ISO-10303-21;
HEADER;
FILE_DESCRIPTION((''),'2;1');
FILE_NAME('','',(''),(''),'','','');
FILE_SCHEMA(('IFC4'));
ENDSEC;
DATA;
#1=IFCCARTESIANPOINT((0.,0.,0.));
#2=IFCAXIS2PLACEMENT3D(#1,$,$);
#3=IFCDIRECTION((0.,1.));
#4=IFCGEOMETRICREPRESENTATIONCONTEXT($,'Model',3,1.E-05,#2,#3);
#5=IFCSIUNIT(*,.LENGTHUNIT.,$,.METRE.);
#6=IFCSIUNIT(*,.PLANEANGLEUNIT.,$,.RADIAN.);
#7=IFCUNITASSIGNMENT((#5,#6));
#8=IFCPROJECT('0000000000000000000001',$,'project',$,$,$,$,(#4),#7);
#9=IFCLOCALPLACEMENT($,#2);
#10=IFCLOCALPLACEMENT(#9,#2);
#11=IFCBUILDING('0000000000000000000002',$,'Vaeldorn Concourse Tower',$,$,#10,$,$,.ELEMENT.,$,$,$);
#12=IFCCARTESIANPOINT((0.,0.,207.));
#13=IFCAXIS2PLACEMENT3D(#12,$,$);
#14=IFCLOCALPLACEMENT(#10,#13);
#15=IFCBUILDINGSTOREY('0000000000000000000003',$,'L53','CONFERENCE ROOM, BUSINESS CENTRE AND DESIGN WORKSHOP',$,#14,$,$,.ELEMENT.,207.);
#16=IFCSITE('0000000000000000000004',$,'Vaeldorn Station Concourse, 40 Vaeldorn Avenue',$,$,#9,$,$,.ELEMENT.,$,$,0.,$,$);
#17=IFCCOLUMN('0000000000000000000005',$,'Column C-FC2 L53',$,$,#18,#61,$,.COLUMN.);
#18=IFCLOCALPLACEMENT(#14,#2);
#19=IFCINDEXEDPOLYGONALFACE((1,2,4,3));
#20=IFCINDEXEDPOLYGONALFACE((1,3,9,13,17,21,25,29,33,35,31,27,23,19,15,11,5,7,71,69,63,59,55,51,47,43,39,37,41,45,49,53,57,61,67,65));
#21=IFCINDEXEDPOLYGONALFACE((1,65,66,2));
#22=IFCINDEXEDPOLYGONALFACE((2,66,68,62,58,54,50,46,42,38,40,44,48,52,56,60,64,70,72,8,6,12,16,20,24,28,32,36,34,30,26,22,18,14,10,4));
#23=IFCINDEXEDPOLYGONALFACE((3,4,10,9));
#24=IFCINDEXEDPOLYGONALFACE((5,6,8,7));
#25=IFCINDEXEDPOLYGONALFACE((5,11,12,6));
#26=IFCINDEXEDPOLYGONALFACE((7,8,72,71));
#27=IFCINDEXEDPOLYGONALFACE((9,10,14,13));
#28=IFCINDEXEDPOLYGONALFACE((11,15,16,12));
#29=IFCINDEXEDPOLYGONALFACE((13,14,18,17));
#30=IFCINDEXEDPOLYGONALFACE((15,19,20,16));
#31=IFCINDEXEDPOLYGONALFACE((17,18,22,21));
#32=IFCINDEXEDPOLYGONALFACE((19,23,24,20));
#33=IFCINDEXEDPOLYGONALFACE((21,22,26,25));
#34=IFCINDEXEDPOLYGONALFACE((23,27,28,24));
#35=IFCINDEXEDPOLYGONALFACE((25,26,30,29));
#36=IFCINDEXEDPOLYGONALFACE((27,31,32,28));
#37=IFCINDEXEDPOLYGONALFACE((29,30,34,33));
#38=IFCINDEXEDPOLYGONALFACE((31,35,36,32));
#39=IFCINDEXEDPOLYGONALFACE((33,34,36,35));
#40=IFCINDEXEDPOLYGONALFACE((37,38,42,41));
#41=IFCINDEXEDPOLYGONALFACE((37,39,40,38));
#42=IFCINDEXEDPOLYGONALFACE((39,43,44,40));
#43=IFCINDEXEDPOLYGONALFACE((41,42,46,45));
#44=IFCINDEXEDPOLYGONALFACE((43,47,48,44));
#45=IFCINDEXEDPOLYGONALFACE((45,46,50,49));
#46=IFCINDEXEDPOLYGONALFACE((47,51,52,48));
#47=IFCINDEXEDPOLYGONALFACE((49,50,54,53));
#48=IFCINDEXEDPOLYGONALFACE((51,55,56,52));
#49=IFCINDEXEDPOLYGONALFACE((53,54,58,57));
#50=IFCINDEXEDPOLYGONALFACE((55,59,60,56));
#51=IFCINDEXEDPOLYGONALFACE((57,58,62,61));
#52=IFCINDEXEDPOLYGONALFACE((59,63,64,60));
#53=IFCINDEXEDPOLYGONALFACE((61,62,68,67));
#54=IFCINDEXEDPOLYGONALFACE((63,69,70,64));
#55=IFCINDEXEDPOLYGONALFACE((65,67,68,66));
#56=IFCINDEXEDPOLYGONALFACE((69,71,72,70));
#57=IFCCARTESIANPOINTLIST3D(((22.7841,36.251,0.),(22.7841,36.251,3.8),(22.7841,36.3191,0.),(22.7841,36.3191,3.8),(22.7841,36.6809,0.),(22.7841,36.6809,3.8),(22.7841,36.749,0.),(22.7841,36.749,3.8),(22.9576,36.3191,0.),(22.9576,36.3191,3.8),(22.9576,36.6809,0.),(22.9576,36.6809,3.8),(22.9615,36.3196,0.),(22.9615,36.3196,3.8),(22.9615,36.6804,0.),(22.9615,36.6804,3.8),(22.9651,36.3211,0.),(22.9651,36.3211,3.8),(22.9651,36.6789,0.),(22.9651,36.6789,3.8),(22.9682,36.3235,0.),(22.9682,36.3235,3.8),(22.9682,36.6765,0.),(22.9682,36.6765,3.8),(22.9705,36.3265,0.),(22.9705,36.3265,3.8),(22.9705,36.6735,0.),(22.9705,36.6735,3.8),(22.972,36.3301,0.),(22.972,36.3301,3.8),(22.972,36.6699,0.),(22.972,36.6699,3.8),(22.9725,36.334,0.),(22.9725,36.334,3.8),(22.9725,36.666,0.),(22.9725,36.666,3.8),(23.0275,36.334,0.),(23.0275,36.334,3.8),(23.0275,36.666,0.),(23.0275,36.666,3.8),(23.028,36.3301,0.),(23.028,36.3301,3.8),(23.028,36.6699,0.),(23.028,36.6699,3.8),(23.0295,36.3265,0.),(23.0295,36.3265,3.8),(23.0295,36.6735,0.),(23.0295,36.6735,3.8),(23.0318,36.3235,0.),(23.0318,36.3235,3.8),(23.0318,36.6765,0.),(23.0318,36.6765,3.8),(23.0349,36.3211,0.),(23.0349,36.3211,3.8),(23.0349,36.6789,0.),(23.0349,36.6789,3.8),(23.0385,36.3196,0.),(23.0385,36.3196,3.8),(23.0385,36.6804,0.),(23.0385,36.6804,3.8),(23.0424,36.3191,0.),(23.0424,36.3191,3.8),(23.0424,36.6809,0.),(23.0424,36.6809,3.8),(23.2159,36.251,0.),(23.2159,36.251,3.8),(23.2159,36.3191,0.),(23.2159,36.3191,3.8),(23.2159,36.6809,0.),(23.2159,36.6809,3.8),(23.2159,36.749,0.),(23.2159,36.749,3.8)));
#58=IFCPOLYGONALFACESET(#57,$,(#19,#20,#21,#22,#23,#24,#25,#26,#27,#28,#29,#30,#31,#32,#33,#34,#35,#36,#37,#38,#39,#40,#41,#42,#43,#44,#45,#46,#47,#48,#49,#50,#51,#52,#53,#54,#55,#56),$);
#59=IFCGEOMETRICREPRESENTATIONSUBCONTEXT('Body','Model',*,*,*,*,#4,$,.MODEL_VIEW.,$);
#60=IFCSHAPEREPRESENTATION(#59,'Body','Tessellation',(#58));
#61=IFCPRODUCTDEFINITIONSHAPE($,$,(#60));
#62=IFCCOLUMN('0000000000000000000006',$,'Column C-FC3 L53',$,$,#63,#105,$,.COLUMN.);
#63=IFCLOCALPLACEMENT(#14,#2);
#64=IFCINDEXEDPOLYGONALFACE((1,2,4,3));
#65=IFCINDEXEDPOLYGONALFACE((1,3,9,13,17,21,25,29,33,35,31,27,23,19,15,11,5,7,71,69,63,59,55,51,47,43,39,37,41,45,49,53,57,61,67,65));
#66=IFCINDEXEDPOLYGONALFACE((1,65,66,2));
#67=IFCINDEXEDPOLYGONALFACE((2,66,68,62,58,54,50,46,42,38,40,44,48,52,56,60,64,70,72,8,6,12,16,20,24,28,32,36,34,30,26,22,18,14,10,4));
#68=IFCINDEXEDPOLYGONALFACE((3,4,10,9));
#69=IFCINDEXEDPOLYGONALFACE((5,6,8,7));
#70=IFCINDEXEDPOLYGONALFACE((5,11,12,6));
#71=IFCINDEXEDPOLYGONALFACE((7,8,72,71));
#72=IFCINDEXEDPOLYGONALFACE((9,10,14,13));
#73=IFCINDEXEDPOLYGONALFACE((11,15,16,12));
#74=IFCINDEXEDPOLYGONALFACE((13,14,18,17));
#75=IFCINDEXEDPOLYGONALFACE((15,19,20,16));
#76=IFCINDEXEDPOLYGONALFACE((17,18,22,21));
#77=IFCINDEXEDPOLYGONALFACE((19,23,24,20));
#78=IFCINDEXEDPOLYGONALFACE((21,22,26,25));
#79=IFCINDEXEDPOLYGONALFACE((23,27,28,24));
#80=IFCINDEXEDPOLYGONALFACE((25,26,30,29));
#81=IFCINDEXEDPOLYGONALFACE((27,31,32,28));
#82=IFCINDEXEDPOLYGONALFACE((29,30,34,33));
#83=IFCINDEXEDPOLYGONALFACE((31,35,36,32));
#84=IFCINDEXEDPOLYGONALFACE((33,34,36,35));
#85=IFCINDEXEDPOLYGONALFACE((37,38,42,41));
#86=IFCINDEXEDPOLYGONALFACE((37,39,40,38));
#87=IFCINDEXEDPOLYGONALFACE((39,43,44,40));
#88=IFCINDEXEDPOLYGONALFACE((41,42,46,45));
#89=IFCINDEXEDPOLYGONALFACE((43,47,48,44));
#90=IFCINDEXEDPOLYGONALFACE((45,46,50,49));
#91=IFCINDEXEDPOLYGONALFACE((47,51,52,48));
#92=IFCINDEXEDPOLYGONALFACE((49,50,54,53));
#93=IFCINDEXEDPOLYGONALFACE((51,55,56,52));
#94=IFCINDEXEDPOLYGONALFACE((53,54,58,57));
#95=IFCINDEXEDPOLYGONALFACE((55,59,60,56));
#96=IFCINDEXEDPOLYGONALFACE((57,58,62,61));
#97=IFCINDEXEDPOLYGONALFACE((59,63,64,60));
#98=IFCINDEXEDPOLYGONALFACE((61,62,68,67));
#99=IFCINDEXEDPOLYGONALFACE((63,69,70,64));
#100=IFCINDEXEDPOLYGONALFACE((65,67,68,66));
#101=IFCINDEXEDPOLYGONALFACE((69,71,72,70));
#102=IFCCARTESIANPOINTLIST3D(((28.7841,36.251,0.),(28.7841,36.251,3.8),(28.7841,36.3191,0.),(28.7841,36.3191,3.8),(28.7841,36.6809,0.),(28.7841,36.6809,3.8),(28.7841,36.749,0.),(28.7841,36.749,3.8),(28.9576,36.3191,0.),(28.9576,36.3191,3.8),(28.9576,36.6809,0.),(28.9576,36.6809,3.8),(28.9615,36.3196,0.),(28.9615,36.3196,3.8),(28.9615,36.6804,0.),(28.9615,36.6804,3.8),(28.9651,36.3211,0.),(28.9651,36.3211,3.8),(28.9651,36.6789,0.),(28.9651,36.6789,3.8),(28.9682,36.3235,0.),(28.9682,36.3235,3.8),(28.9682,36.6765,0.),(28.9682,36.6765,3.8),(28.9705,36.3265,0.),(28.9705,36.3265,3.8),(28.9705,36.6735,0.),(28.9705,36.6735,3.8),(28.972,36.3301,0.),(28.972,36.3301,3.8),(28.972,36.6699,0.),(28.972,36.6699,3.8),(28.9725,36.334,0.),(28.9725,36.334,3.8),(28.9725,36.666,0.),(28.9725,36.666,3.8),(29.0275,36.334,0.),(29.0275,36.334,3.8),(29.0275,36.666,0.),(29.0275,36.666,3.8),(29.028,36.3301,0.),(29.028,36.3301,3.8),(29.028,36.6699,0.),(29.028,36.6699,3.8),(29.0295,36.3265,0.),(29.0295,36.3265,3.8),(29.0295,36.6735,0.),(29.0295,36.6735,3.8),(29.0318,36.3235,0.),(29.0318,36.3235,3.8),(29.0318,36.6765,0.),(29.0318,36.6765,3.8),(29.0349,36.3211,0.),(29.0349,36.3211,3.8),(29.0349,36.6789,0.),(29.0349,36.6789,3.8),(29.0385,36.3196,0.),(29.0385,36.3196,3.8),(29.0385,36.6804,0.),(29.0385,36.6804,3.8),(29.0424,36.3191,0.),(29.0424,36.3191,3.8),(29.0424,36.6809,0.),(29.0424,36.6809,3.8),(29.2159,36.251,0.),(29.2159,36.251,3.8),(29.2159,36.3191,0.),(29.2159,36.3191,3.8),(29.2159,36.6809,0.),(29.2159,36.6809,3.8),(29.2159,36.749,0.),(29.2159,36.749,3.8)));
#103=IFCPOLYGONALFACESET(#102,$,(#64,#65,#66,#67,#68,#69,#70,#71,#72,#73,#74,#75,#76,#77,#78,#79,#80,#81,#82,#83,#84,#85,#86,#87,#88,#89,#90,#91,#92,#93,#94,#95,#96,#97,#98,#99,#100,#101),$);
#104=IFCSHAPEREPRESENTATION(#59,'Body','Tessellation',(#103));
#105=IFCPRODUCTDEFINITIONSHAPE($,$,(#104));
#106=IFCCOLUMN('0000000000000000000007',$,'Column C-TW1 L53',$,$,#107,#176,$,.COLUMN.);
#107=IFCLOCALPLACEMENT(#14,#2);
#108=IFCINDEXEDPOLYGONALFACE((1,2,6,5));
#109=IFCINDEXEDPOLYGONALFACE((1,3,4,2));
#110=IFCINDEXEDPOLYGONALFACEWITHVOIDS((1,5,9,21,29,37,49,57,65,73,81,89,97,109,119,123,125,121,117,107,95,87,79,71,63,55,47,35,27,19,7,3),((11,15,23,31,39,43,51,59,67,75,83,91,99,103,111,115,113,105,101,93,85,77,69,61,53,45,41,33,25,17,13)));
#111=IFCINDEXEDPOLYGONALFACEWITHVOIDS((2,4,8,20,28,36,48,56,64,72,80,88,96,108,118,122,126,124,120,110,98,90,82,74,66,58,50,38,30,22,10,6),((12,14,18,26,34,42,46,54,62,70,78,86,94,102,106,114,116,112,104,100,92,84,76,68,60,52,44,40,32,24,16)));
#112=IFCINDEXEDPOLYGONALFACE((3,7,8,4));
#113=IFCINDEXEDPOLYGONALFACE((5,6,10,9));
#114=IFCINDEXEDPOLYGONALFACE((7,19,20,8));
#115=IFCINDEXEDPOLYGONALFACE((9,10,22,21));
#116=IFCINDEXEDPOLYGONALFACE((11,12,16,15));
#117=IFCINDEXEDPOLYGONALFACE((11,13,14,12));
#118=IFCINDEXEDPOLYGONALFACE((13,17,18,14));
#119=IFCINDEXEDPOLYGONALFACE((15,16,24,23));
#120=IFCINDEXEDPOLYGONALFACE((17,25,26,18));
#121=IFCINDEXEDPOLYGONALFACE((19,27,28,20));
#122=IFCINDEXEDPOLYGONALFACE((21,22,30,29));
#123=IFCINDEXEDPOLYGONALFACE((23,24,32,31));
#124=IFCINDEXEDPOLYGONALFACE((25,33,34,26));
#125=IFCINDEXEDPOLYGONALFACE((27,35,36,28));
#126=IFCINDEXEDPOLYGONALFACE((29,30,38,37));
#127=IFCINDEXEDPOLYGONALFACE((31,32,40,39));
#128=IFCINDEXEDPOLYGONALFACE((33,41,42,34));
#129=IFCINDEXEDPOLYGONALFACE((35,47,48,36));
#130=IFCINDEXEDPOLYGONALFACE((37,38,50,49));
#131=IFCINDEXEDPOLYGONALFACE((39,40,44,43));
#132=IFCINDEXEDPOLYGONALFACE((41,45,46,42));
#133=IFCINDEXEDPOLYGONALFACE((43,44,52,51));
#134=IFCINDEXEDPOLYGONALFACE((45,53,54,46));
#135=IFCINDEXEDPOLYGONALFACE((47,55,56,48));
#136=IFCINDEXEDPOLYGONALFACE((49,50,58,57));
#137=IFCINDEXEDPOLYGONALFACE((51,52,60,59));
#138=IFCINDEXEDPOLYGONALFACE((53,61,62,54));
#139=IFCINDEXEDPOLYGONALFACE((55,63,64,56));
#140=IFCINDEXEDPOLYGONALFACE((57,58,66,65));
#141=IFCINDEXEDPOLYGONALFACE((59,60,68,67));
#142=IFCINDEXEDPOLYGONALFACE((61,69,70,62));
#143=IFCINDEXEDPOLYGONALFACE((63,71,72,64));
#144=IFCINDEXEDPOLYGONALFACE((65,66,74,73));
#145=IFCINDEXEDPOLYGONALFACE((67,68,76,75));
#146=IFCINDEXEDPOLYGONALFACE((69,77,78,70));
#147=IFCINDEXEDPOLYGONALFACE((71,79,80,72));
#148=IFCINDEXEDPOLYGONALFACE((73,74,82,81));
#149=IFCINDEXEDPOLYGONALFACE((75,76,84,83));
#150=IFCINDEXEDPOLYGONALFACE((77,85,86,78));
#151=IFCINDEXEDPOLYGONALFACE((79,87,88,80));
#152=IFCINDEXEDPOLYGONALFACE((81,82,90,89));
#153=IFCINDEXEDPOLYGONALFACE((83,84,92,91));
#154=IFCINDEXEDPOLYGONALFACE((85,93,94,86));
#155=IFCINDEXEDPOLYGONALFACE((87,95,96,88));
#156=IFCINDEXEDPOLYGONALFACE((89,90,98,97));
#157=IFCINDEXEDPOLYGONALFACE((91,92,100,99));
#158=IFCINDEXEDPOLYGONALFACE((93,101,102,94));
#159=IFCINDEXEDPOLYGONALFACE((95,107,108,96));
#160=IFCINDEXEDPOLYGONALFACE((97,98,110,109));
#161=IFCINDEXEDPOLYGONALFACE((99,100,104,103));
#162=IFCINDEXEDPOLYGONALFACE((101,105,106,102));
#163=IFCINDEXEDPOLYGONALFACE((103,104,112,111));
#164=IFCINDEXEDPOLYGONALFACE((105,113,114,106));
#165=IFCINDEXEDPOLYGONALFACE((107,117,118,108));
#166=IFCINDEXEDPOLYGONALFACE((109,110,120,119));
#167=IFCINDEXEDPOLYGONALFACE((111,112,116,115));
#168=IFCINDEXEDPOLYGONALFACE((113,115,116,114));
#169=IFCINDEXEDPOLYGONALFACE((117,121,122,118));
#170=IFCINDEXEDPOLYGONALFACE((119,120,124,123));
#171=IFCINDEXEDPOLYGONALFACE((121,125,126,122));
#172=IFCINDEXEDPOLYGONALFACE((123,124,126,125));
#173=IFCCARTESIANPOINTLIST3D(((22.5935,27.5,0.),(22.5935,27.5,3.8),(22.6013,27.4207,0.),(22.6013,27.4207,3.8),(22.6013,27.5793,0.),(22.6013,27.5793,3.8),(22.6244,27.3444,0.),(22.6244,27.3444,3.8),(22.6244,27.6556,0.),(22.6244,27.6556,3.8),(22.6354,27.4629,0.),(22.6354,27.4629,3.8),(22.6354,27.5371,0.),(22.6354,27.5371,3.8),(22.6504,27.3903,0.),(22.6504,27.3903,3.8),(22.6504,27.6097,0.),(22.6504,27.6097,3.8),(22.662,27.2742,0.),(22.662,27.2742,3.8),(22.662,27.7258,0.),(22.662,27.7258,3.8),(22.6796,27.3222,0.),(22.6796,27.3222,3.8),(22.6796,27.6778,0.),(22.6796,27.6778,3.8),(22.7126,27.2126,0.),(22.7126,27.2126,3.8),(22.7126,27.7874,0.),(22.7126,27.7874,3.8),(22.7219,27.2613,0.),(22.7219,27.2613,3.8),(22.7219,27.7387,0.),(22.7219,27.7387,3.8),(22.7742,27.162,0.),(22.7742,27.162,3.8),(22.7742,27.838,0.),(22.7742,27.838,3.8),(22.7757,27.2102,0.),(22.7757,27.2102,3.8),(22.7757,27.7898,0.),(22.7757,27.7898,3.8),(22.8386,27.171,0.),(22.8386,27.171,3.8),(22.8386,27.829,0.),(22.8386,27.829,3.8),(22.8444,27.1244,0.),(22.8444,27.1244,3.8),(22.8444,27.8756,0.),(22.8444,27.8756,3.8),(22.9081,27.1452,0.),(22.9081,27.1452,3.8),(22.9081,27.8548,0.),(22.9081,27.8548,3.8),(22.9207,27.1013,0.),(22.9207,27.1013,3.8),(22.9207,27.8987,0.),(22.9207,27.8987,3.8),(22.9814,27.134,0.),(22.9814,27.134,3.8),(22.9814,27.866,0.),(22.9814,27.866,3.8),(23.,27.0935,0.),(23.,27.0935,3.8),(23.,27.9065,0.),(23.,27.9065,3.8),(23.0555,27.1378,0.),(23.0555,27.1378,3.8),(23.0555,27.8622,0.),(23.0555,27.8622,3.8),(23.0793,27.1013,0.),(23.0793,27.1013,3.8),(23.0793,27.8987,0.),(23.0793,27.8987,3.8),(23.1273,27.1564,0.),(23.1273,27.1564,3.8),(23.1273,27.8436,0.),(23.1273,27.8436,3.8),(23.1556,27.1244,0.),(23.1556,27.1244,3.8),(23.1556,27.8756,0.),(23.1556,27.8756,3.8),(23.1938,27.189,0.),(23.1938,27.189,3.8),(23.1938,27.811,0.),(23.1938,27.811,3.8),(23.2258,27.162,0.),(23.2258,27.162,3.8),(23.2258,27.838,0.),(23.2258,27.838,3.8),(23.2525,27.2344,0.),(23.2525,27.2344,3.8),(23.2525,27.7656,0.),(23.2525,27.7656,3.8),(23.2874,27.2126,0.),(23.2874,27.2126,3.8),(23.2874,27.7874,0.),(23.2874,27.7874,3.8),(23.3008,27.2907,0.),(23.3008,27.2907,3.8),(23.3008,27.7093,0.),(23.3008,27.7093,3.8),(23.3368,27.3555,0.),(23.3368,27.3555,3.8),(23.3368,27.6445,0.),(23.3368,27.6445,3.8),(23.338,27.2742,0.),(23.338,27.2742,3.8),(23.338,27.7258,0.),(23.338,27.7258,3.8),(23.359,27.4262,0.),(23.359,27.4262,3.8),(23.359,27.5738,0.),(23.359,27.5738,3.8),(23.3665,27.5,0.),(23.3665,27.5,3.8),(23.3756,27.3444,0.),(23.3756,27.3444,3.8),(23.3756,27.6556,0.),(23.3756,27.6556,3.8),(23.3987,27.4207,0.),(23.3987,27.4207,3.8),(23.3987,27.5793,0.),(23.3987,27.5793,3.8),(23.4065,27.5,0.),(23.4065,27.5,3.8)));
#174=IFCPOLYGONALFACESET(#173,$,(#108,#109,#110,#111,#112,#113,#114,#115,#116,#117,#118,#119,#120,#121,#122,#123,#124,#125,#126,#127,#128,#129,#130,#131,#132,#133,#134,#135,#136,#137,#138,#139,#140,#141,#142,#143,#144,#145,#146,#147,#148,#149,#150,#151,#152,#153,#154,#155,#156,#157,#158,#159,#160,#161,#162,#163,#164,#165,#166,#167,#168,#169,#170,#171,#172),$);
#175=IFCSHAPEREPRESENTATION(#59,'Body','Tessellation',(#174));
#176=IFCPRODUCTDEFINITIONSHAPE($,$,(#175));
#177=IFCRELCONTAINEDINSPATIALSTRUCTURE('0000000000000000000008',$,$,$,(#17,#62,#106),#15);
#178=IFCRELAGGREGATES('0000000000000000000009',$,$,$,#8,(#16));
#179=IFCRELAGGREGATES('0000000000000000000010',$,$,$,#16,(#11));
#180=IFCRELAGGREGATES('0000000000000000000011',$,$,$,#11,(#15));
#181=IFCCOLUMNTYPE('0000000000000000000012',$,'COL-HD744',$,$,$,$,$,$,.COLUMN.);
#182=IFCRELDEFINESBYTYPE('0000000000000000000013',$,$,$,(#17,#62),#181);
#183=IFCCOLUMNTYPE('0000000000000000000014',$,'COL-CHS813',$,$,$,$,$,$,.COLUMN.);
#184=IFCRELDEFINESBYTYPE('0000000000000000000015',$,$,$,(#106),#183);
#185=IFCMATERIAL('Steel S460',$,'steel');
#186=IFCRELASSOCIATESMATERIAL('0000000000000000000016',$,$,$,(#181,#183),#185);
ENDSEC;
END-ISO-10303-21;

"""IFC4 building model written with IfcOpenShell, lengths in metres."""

from ifc_helpers import new_model, si_unit, direction, frame, origin, origin_2d, place, context, subcontext, project, spatial, hollow_circle, i_section, extrude, source, transform, mapped, material, material_profile, profile_set, type_object, element, save


model = new_model("IFC4")

# Units and contexts
model_context = context("Model", 3, precision=1e-05, world=origin(), true_north=direction((0.0, 1.0)))
body_context = subcontext(model_context, "Body", "Model", "MODEL_VIEW")
ifc_project = project(units=[si_unit("LENGTHUNIT", "METRE"), si_unit("PLANEANGLEUNIT", "RADIAN")], contexts=[model_context])

# Site, building, storey
site_placement = place(None, origin())
site = spatial("IfcSite", under=ifc_project, at=site_placement, Name="Vaeldorn Station Concourse, 40 Vaeldorn Avenue", CompositionType="ELEMENT", RefElevation=0.0)
building_placement = place(site_placement, origin())
building = spatial("IfcBuilding", under=site, at=building_placement, Name="Vaeldorn Concourse Tower", CompositionType="ELEMENT")
storey_placement = place(building_placement, frame((0.0, 0.0, 207.0)))
storey = spatial("IfcBuildingStorey", under=building, at=storey_placement, Name="L53", Description="CONFERENCE ROOM, BUSINESS CENTRE AND DESIGN WORKSHOP", CompositionType="ELEMENT", Elevation=207.0)

# Columns
ifc_material_1 = material(Name="Steel S460", Category="steel")
ifc_material_profile_1 = material_profile(ifc_material_1, i_section(OverallWidth=0.4319, OverallDepth=0.498, WebThickness=0.0549, FlangeThickness=0.0681, FilletRadius=0.0149, at=origin_2d()), Name="HD 400x744")
ifc_profile_set_1 = profile_set([ifc_material_profile_1], Name="Steel S460")
column_type_1 = type_object("IfcColumnType", Name="COL-HD744", PredefinedType="COLUMN", material=ifc_profile_set_1)
shared_shape_1 = source(origin(), body_context, "Body", "SweptSolid", [
    extrude(i_section(OverallWidth=0.4319, OverallDepth=0.498, WebThickness=0.0549, FlangeThickness=0.0681, FilletRadius=0.0149, at=origin_2d()), origin(), (0.0, 0.0, 1.0), 3.8),
])
for number, where, z_axis, x_axis, name in (
    (1, (23.0, 36.5, 0.0), (0.0, 0.0, 1.0), (1.0, 0.0, 0.0), "Column C-FC2 L53"),
    (2, (29.0, 36.5, 0.0), (0.0, 0.0, 1.0), (1.0, 0.0, 0.0), "Column C-FC3 L53"),
):
    element("IfcColumn", number, at=place(storey_placement, frame(where, z_axis=z_axis, x_axis=x_axis)), inside=storey, type_object=column_type_1, Name=name, PredefinedType="COLUMN", context=body_context, shape_type="MappedRepresentation", body=[
        mapped(shared_shape_1, transform((0.0, 0.0, 0.0), scale=1.0)),
    ])
ifc_material_profile_2 = material_profile(ifc_material_1, hollow_circle(Radius=0.4065, WallThickness=0.04, at=origin_2d()), Name="CHS 813x40")
ifc_profile_set_2 = profile_set([ifc_material_profile_2], Name="Steel S460")
column_type_2 = type_object("IfcColumnType", Name="COL-CHS813", PredefinedType="COLUMN", material=ifc_profile_set_2)
shared_shape_2 = source(origin(), body_context, "Body", "SweptSolid", [
    extrude(hollow_circle(Radius=0.4065, WallThickness=0.04, at=origin_2d()), origin(), (0.0, 0.0, 1.0), 3.8),
])
column_1_placement = place(storey_placement, frame((23.0, 27.5, 0.0), z_axis=(0.0, 0.0, 1.0), x_axis=(1.0, 0.0, 0.0)))
element("IfcColumn", 3, at=column_1_placement, inside=storey, type_object=column_type_2, Name="Column C-TW1 L53", PredefinedType="COLUMN", context=body_context, shape_type="MappedRepresentation", body=[
    mapped(shared_shape_2, transform((0.0, 0.0, 0.0), scale=1.0)),
])

save(model, "model.ifc")
